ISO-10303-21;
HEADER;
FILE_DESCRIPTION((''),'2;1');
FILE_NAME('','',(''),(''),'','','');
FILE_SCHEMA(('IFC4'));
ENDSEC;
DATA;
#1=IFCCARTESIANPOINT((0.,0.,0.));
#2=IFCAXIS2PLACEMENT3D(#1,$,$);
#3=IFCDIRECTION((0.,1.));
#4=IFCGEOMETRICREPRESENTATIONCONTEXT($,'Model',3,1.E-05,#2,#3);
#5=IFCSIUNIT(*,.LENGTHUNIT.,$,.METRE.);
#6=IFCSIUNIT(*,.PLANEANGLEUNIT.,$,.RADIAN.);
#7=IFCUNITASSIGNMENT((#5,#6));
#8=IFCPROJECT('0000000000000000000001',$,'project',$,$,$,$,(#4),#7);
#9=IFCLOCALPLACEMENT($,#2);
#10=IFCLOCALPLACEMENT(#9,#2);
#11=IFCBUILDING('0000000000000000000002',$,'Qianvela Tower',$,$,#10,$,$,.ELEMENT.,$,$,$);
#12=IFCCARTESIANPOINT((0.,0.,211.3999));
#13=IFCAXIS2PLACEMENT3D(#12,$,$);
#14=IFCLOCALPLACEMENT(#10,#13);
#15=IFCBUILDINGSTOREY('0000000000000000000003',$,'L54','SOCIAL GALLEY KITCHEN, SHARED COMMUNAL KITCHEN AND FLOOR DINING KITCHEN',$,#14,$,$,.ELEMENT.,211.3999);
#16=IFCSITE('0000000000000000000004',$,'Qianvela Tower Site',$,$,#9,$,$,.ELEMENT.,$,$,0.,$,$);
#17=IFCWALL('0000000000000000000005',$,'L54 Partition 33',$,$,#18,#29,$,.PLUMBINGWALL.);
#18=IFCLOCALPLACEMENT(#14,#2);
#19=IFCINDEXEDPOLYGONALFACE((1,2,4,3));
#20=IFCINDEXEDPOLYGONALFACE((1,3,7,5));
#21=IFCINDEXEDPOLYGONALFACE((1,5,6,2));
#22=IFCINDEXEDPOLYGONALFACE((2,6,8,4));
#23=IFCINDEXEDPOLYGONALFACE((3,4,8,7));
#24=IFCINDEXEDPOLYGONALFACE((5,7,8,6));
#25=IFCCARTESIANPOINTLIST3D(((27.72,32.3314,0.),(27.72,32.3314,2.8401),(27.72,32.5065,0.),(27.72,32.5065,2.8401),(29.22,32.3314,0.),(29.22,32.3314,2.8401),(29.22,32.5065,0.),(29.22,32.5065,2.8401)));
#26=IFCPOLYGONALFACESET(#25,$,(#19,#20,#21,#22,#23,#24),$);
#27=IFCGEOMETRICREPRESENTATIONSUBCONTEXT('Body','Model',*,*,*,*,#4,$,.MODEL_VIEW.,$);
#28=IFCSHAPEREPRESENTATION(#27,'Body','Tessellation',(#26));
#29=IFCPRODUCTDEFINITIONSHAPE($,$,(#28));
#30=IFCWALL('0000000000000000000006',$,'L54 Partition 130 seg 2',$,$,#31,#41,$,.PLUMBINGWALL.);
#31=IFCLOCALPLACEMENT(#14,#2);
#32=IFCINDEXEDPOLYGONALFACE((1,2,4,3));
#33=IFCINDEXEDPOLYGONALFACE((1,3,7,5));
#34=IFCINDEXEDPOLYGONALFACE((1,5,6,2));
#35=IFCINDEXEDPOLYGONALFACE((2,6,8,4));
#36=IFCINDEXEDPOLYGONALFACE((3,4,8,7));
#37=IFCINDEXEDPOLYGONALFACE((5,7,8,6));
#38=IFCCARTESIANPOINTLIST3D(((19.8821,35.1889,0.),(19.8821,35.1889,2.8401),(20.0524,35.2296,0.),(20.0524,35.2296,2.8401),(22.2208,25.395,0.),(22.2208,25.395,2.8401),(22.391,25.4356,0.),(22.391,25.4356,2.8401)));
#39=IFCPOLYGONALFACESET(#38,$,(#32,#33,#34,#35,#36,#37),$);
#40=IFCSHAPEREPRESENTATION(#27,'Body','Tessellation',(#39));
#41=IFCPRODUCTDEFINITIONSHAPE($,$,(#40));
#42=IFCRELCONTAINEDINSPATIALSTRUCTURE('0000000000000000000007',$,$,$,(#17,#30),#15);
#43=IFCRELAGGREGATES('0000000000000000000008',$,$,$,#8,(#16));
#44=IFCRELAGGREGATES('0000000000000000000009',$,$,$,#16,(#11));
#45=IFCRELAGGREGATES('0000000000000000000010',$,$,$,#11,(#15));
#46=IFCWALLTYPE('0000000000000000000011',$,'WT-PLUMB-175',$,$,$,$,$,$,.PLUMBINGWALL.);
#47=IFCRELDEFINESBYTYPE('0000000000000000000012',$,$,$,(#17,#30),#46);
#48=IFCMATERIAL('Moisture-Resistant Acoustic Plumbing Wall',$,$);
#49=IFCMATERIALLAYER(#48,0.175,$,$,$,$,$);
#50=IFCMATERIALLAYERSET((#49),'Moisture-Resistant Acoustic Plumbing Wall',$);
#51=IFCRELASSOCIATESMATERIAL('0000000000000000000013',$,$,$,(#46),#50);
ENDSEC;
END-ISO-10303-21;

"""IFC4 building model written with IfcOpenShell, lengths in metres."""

from ifc_helpers import new_model, si_unit, direction, frame, frame_2d, origin, place, context, subcontext, project, spatial, rectangle, extrude, material, layer, layer_set, type_object, element, save


model = new_model("IFC4")

# Units and contexts
model_context = context("Model", 3, precision=1e-05, world=origin(), true_north=direction((0.0, 1.0)))
body_context = subcontext(model_context, "Body", "Model", "MODEL_VIEW")
ifc_project = project(units=[si_unit("LENGTHUNIT", "METRE"), si_unit("PLANEANGLEUNIT", "RADIAN")], contexts=[model_context])

# Site, building, storey
site_placement = place(None, origin())
site = spatial("IfcSite", under=ifc_project, at=site_placement, Name="Qianvela Tower Site", CompositionType="ELEMENT", RefElevation=0.0)
building_placement = place(site_placement, origin())
building = spatial("IfcBuilding", under=site, at=building_placement, Name="Qianvela Tower", CompositionType="ELEMENT")
storey_placement = place(building_placement, frame((0.0, 0.0, 211.3999)))
storey = spatial("IfcBuildingStorey", under=building, at=storey_placement, Name="L54", Description="SOCIAL GALLEY KITCHEN, SHARED COMMUNAL KITCHEN AND FLOOR DINING KITCHEN", CompositionType="ELEMENT", Elevation=211.3999)

# Shared definitions
ifc_material_1 = material(Name="Moisture-Resistant Acoustic Plumbing Wall")
ifc_layer_1 = layer(ifc_material_1, 0.175)
ifc_layer_set_1 = layer_set([ifc_layer_1], Name="Moisture-Resistant Acoustic Plumbing Wall")
wall_type_1 = type_object("IfcWallType", Name="WT-PLUMB-175", PredefinedType="PLUMBINGWALL", material=ifc_layer_set_1)

# Walls
wall_1_placement = place(storey_placement, frame((27.72, 32.4189, 0.0), z_axis=(0.0, 0.0, 1.0), x_axis=(1.0, 0.0, 0.0)))
element("IfcWall", 1, at=wall_1_placement, inside=storey, type_object=wall_type_1, Name="L54 Partition 33", PredefinedType="PLUMBINGWALL", context=body_context, shape_type="SweptSolid", body=[
    extrude(rectangle(XDim=1.5, YDim=0.175, at=frame_2d((0.75, 0.0))), origin(), (0.0, 0.0, 1.0), 2.8401),
])
wall_2_placement = place(storey_placement, frame((22.3059, 25.4153, 0.0), z_axis=(0.0, 0.0, 1.0), x_axis=(-0.232253, 0.972655, 0.0)))
element("IfcWall", 2, at=wall_2_placement, inside=storey, type_object=wall_type_1, Name="L54 Partition 130 seg 2", PredefinedType="PLUMBINGWALL", context=body_context, shape_type="SweptSolid", body=[
    extrude(rectangle(XDim=10.0693, YDim=0.175, at=frame_2d((5.0347, 0.0))), origin(), (0.0, 0.0, 1.0), 2.8401),
])

save(model, "model.ifc")
